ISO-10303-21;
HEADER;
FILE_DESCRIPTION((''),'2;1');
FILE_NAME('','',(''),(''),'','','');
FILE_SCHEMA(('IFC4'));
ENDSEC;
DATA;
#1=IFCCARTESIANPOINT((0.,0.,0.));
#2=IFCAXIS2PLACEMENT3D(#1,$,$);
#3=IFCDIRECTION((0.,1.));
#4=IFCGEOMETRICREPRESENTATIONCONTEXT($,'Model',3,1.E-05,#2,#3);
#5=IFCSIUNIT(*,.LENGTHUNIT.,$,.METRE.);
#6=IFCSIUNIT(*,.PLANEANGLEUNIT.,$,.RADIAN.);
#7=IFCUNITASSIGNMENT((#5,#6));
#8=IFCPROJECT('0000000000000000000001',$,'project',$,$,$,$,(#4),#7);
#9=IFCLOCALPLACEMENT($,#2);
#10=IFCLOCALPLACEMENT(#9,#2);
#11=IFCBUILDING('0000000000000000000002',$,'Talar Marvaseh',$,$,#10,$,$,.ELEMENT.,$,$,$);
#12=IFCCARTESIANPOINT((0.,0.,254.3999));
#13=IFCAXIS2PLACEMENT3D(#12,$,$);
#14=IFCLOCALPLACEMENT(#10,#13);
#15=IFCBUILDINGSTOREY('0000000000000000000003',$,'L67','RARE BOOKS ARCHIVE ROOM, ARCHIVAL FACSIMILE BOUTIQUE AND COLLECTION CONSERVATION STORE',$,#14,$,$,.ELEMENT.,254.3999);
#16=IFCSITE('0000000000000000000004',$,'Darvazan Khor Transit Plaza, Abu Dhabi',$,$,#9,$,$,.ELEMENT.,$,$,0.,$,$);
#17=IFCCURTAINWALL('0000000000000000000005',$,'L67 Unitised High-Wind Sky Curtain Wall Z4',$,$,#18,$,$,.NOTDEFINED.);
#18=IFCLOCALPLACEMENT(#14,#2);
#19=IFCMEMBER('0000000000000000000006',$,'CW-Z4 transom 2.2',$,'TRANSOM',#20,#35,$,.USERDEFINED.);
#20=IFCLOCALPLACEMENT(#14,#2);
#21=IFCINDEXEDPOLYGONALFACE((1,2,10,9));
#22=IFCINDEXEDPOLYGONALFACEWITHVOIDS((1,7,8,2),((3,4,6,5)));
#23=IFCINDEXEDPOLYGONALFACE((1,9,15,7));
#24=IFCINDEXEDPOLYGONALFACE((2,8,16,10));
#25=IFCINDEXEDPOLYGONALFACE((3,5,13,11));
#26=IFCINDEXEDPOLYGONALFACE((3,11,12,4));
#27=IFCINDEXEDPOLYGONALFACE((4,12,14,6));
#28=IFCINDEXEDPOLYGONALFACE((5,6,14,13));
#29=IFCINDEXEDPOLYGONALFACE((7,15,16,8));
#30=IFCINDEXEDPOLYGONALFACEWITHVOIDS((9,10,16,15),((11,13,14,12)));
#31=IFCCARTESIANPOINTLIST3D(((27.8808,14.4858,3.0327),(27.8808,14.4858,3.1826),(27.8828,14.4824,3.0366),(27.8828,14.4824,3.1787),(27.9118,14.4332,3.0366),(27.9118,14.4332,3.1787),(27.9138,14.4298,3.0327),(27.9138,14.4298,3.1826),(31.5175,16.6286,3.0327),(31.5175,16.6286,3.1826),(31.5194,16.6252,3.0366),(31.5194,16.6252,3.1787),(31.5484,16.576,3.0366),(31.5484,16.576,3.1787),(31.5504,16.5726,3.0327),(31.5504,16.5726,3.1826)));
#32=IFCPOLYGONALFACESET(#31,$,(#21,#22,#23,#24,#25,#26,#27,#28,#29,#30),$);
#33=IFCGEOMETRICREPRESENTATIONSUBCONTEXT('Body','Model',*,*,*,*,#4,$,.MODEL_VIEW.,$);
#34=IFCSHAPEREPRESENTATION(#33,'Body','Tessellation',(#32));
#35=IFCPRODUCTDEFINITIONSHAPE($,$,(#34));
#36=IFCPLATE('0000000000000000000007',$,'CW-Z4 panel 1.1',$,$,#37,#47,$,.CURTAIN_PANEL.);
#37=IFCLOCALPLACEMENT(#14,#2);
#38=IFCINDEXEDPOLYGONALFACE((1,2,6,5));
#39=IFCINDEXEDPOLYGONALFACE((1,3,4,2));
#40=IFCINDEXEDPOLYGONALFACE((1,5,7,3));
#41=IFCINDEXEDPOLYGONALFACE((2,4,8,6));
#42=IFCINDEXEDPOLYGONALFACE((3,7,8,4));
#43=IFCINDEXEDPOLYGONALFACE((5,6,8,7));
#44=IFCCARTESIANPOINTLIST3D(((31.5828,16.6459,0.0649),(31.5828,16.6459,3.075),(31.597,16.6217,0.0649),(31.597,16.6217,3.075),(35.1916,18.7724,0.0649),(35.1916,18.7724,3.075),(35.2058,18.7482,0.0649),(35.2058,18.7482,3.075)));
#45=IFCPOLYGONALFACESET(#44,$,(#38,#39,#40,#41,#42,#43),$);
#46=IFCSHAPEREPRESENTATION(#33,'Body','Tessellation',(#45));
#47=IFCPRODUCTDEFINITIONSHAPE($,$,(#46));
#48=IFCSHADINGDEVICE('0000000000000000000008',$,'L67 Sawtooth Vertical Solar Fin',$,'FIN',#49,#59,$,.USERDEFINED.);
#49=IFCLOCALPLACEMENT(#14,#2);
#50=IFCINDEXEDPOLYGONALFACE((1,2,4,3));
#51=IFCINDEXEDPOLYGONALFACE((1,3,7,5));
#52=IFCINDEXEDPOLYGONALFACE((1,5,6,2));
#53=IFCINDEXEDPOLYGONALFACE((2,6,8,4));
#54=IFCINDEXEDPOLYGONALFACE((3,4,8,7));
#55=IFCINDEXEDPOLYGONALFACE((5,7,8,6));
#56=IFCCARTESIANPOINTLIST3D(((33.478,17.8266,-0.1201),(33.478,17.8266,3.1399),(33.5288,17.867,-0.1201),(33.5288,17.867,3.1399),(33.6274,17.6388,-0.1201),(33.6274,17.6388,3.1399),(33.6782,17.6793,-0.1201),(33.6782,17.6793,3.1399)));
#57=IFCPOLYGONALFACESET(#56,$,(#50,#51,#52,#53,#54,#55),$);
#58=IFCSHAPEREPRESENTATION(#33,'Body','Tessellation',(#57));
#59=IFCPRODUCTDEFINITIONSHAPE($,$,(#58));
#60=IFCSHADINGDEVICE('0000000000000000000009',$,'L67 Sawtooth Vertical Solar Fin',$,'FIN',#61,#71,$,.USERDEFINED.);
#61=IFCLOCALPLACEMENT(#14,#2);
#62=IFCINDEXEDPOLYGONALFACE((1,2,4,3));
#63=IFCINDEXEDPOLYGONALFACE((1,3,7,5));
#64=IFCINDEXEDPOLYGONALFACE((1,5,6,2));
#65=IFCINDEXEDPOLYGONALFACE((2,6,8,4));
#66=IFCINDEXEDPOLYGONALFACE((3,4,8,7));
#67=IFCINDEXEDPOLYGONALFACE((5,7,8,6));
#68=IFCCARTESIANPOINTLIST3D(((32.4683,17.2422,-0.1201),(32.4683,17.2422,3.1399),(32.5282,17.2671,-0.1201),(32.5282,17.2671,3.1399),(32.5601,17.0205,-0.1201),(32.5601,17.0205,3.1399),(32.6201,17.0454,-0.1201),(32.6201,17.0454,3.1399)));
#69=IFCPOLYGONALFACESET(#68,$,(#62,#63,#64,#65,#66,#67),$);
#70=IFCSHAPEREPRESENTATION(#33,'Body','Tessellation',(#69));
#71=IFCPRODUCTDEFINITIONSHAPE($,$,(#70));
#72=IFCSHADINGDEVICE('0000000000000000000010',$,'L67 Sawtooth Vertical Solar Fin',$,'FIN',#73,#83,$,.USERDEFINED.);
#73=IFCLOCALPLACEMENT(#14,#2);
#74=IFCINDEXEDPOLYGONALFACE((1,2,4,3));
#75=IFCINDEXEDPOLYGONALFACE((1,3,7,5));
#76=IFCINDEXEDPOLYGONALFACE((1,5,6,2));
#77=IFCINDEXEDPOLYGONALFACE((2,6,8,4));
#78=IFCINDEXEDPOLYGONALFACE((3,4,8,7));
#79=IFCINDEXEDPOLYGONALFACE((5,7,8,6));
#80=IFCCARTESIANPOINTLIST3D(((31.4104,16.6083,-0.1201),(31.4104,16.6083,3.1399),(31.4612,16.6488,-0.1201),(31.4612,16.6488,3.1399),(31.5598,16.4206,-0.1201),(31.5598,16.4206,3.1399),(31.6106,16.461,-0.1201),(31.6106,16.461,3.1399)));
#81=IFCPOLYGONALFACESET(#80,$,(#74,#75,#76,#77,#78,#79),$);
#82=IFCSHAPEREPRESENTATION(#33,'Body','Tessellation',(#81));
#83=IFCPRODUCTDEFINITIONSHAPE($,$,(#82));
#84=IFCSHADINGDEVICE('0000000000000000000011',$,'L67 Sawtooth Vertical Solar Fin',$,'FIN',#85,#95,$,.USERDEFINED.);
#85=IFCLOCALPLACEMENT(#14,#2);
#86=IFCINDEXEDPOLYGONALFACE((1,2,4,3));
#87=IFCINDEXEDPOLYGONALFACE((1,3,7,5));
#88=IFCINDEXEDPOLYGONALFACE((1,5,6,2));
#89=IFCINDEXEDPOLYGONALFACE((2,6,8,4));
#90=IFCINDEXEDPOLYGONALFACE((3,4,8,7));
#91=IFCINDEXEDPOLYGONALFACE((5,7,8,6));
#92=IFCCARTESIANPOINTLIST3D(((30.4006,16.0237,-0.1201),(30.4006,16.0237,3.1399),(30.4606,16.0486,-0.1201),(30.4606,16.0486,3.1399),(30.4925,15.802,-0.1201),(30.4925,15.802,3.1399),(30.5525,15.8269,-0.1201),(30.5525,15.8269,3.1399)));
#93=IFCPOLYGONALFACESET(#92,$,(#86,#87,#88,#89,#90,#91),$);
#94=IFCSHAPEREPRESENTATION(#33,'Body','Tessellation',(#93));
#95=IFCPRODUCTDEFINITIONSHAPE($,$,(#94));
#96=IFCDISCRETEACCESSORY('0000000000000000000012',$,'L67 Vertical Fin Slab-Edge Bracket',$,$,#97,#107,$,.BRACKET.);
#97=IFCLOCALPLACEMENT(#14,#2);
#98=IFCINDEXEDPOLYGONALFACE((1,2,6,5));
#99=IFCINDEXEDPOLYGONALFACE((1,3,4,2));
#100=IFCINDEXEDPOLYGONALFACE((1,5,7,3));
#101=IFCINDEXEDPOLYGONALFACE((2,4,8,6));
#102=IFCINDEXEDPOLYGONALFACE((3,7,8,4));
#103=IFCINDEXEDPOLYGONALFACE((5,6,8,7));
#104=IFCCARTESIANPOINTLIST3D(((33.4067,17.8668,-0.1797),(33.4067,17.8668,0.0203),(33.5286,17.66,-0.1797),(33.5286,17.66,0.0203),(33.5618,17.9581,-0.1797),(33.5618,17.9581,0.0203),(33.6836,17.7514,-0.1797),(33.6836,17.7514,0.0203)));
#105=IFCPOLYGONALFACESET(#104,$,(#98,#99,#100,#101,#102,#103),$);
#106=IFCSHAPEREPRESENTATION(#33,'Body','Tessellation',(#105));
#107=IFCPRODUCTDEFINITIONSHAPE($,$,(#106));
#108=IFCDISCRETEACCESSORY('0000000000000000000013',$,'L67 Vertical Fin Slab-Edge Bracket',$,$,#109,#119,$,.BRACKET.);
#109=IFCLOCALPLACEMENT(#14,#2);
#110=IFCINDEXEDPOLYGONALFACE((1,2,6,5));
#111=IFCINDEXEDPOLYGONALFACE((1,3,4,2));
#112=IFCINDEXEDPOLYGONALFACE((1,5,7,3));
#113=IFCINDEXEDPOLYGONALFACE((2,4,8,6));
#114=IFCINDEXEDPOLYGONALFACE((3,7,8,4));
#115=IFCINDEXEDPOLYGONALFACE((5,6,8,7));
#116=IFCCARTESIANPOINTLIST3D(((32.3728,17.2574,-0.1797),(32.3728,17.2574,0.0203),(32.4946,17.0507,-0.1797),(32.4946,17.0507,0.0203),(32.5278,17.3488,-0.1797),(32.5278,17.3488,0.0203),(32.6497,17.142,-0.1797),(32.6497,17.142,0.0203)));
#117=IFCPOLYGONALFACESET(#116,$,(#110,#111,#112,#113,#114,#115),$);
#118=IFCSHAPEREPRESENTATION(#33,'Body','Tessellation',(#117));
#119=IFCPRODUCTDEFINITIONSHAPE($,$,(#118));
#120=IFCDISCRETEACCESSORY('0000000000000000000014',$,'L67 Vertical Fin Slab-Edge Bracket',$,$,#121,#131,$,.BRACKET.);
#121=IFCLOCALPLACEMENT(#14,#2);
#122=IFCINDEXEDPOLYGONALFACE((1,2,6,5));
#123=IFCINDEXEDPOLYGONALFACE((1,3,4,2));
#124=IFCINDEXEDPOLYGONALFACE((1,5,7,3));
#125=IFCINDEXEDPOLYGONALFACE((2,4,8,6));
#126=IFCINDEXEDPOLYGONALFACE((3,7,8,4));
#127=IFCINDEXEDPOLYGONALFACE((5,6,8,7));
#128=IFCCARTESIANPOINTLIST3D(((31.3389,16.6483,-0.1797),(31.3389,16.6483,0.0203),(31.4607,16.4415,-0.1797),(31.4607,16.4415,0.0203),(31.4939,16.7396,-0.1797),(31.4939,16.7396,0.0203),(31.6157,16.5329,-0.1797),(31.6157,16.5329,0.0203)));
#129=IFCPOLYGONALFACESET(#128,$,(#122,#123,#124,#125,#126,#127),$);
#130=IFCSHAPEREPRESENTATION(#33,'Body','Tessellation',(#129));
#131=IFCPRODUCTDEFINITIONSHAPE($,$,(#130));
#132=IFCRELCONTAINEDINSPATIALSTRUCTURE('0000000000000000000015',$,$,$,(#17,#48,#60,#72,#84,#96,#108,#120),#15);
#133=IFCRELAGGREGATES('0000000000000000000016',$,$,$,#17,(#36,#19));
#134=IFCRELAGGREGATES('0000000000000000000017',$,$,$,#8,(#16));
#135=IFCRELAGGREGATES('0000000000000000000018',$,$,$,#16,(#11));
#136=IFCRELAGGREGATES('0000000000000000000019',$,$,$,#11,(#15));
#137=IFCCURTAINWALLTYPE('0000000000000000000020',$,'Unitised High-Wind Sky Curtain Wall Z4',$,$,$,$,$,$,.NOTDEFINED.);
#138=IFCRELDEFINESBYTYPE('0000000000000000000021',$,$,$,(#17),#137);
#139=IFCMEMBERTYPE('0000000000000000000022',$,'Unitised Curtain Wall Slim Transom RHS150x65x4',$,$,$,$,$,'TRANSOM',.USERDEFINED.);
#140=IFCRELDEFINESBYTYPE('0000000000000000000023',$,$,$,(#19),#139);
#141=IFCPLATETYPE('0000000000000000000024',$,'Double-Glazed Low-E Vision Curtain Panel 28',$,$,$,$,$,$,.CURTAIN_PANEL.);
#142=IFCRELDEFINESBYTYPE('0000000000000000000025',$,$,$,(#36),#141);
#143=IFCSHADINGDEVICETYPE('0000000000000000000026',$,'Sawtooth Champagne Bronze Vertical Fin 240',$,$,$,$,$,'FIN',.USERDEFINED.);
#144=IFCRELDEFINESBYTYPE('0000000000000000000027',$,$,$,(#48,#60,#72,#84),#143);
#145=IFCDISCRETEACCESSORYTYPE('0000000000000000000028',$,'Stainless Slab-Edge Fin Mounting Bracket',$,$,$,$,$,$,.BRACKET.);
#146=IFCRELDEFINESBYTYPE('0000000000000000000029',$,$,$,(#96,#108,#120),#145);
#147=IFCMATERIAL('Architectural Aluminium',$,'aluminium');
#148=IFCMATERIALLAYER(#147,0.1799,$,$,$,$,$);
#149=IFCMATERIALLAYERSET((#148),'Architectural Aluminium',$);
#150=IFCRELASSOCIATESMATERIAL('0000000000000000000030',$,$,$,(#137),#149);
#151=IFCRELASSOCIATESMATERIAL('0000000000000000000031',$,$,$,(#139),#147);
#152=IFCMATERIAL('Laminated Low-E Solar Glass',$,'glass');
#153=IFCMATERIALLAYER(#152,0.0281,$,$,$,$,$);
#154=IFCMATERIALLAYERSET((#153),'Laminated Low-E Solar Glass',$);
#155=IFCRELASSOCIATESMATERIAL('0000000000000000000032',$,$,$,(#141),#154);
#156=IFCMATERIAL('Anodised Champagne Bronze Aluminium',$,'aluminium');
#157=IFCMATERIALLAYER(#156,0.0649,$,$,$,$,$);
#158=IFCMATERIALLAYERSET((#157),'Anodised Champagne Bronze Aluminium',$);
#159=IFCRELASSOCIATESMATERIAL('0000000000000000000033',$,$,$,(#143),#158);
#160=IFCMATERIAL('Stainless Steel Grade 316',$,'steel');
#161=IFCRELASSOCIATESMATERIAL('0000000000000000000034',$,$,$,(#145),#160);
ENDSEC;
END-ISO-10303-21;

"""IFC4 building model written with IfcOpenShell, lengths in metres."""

from ifc_helpers import new_model, si_unit, direction, frame, origin, origin_2d, place, context, subcontext, project, spatial, rectangle, hollow_rectangle, extrude, source, transform, mapped, material, layer, layer_set, material_profile, profile_set, type_object, type_shapes, element, aggregate, save


model = new_model("IFC4")

# Units and contexts
model_context = context("Model", 3, precision=1e-05, world=origin(), true_north=direction((0.0, 1.0)))
body_context = subcontext(model_context, "Body", "Model", "MODEL_VIEW")
ifc_project = project(units=[si_unit("LENGTHUNIT", "METRE"), si_unit("PLANEANGLEUNIT", "RADIAN")], contexts=[model_context])

# Site, building, storey
site_placement = place(None, origin())
site = spatial("IfcSite", under=ifc_project, at=site_placement, Name="Darvazan Khor Transit Plaza, Abu Dhabi", CompositionType="ELEMENT", RefElevation=0.0)
building_placement = place(site_placement, origin())
building = spatial("IfcBuilding", under=site, at=building_placement, Name="Talar Marvaseh", CompositionType="ELEMENT")
storey_placement = place(building_placement, frame((0.0, 0.0, 254.3999)))
storey = spatial("IfcBuildingStorey", under=building, at=storey_placement, Name="L67", Description="RARE BOOKS ARCHIVE ROOM, ARCHIVAL FACSIMILE BOUTIQUE AND COLLECTION CONSERVATION STORE", CompositionType="ELEMENT", Elevation=254.3999)

# Curtain wall, member, plate
ifc_material_1 = material(Name="Architectural Aluminium", Category="aluminium")
ifc_layer_1 = layer(ifc_material_1, 0.1799)
ifc_layer_set_1 = layer_set([ifc_layer_1], Name="Architectural Aluminium")
curtain_wall_type = type_object("IfcCurtainWallType", Name="Unitised High-Wind Sky Curtain Wall Z4", PredefinedType="NOTDEFINED", material=ifc_layer_set_1)
curtain_wall_placement = place(storey_placement, origin())
curtain_wall = element("IfcCurtainWall", 1, at=curtain_wall_placement, inside=storey, type_object=curtain_wall_type, Name="L67 Unitised High-Wind Sky Curtain Wall Z4", PredefinedType="NOTDEFINED")
ifc_material_profile_1 = material_profile(ifc_material_1, hollow_rectangle(XDim=0.0649, YDim=0.1499, WallThickness=0.0039, at=origin_2d()), Name="RHS150x65x4")
ifc_profile_set_1 = profile_set([ifc_material_profile_1], Name="Architectural Aluminium")
member_type_1 = type_object("IfcMemberType", Name="Unitised Curtain Wall Slim Transom RHS150x65x4", ElementType="TRANSOM", PredefinedType="USERDEFINED", material=ifc_profile_set_1)
shared_shape_1 = source(origin(), body_context, "Body", "SweptSolid", [
    extrude(hollow_rectangle(XDim=0.0649, YDim=0.1499, WallThickness=0.0039, at=origin_2d()), origin(), (0.0, 0.0, 1.0), 4.2209),
])
member_1_placement = place(storey_placement, frame((31.5339, 16.6006, 3.1077), z_axis=(-0.861564, -0.507649, 0.0), x_axis=(0.507649, -0.861564, 0.0)))
member_1 = element("IfcMember", 2, at=member_1_placement, type_object=member_type_1, Name="CW-Z4 transom 2.2", ObjectType="TRANSOM", PredefinedType="USERDEFINED", context=body_context, shape_type="MappedRepresentation", body=[
    mapped(shared_shape_1, transform((0.0, 0.0, 0.0), x_axis=(1.0, 0.0, 0.0), y_axis=(0.0, 1.0, 0.0), z_axis=(0.0, 0.0, 1.0), scale=1.0)),
])
ifc_material_2 = material(Name="Laminated Low-E Solar Glass", Category="glass")
ifc_layer_2 = layer(ifc_material_2, 0.0281)
ifc_layer_set_2 = layer_set([ifc_layer_2], Name="Laminated Low-E Solar Glass")
plate_type = type_object("IfcPlateType", Name="Double-Glazed Low-E Vision Curtain Panel 28", PredefinedType="CURTAIN_PANEL", material=ifc_layer_set_2)
shared_shape_2 = source(origin(), body_context, "Body", "SweptSolid", [
    extrude(rectangle(XDim=4.1887, YDim=0.0281, at=origin_2d()), origin(), (0.0, 0.0, 1.0), 3.01),
])
type_shapes(plate_type, [shared_shape_2])
plate_placement = place(storey_placement, frame((33.3943, 17.697, 0.0649), z_axis=(0.0, 0.0, 1.0), x_axis=(-0.861551, -0.507672, 0.0)))
plate = element("IfcPlate", 3, at=plate_placement, type_object=plate_type, Name="CW-Z4 panel 1.1", PredefinedType="CURTAIN_PANEL", context=body_context, shape_type="MappedRepresentation", body=[
    mapped(shared_shape_2, transform((0.0, 0.0, 0.0), x_axis=(1.0, 0.0, 0.0), y_axis=(0.0, 1.0, 0.0), z_axis=(0.0, 0.0, 1.0), scale=1.0)),
])
aggregate(curtain_wall, [plate, member_1])

# Shading devices
ifc_material_3 = material(Name="Anodised Champagne Bronze Aluminium", Category="aluminium")
ifc_layer_3 = layer(ifc_material_3, 0.0649)
ifc_layer_set_3 = layer_set([ifc_layer_3], Name="Anodised Champagne Bronze Aluminium")
shading_device_type = type_object("IfcShadingDeviceType", Name="Sawtooth Champagne Bronze Vertical Fin 240", ElementType="FIN", PredefinedType="USERDEFINED", material=ifc_layer_set_3)
shared_shape_3 = source(origin(), body_context, "Body", "SweptSolid", [
    extrude(rectangle(XDim=0.24, YDim=0.0649, at=origin_2d()), origin(), (0.0, 0.0, 1.0), 3.26),
])
type_shapes(shading_device_type, [shared_shape_3])
for number, where, z_axis, x_axis, name in (
    (4, (33.5781, 17.7529, -0.1201), (0.0, 0.0, 1.0), (0.622651, -0.782499, 0.0), "L67 Sawtooth Vertical Solar Fin"),
    (5, (32.5442, 17.1438, -0.1201), (0.0, 0.0, 1.0), (0.382845, -0.923813, 0.0), "L67 Sawtooth Vertical Solar Fin"),
    (6, (31.5105, 16.5347, -0.1201), (0.0, 0.0, 1.0), (0.622651, -0.782499, 0.0), "L67 Sawtooth Vertical Solar Fin"),
    (7, (30.4766, 15.9253, -0.1201), (0.0, 0.0, 1.0), (0.382845, -0.923813, 0.0), "L67 Sawtooth Vertical Solar Fin"),
):
    element("IfcShadingDevice", number, at=place(storey_placement, frame(where, z_axis=z_axis, x_axis=x_axis)), inside=storey, type_object=shading_device_type, Name=name, ObjectType="FIN", PredefinedType="USERDEFINED", context=body_context, shape_type="MappedRepresentation", body=[
        mapped(shared_shape_3, transform((0.0, 0.0, 0.0), x_axis=(1.0, 0.0, 0.0), y_axis=(0.0, 1.0, 0.0), z_axis=(0.0, 0.0, 1.0), scale=1.0)),
    ])

# Discrete accessories
ifc_material_4 = material(Name="Stainless Steel Grade 316", Category="steel")
discrete_accessory_type = type_object("IfcDiscreteAccessoryType", Name="Stainless Slab-Edge Fin Mounting Bracket", PredefinedType="BRACKET", material=ifc_material_4)
shared_shape_4 = source(origin(), body_context, "Body", "SweptSolid", [
    extrude(rectangle(XDim=0.24, YDim=0.1799, at=origin_2d()), origin(), (0.0, 0.0, 1.0), 0.2),
])
type_shapes(discrete_accessory_type, [shared_shape_4])
for number, where, z_axis, x_axis, name in (
    (8, (33.5452, 17.8091, -0.1797), (0.0, 0.0, 1.0), (0.507689, -0.861541, 0.0), "L67 Vertical Fin Slab-Edge Bracket"),
    (9, (32.5112, 17.1997, -0.1797), (0.0, 0.0, 1.0), (0.507689, -0.861541, 0.0), "L67 Vertical Fin Slab-Edge Bracket"),
    (10, (31.4773, 16.5906, -0.1797), (0.0, 0.0, 1.0), (0.507689, -0.861541, 0.0), "L67 Vertical Fin Slab-Edge Bracket"),
):
    element("IfcDiscreteAccessory", number, at=place(storey_placement, frame(where, z_axis=z_axis, x_axis=x_axis)), inside=storey, type_object=discrete_accessory_type, Name=name, PredefinedType="BRACKET", context=body_context, shape_type="MappedRepresentation", body=[
        mapped(shared_shape_4, transform((0.0, 0.0, 0.0), x_axis=(1.0, 0.0, 0.0), y_axis=(0.0, 1.0, 0.0), z_axis=(0.0, 0.0, 1.0), scale=1.0)),
    ])

save(model, "model.ifc")
